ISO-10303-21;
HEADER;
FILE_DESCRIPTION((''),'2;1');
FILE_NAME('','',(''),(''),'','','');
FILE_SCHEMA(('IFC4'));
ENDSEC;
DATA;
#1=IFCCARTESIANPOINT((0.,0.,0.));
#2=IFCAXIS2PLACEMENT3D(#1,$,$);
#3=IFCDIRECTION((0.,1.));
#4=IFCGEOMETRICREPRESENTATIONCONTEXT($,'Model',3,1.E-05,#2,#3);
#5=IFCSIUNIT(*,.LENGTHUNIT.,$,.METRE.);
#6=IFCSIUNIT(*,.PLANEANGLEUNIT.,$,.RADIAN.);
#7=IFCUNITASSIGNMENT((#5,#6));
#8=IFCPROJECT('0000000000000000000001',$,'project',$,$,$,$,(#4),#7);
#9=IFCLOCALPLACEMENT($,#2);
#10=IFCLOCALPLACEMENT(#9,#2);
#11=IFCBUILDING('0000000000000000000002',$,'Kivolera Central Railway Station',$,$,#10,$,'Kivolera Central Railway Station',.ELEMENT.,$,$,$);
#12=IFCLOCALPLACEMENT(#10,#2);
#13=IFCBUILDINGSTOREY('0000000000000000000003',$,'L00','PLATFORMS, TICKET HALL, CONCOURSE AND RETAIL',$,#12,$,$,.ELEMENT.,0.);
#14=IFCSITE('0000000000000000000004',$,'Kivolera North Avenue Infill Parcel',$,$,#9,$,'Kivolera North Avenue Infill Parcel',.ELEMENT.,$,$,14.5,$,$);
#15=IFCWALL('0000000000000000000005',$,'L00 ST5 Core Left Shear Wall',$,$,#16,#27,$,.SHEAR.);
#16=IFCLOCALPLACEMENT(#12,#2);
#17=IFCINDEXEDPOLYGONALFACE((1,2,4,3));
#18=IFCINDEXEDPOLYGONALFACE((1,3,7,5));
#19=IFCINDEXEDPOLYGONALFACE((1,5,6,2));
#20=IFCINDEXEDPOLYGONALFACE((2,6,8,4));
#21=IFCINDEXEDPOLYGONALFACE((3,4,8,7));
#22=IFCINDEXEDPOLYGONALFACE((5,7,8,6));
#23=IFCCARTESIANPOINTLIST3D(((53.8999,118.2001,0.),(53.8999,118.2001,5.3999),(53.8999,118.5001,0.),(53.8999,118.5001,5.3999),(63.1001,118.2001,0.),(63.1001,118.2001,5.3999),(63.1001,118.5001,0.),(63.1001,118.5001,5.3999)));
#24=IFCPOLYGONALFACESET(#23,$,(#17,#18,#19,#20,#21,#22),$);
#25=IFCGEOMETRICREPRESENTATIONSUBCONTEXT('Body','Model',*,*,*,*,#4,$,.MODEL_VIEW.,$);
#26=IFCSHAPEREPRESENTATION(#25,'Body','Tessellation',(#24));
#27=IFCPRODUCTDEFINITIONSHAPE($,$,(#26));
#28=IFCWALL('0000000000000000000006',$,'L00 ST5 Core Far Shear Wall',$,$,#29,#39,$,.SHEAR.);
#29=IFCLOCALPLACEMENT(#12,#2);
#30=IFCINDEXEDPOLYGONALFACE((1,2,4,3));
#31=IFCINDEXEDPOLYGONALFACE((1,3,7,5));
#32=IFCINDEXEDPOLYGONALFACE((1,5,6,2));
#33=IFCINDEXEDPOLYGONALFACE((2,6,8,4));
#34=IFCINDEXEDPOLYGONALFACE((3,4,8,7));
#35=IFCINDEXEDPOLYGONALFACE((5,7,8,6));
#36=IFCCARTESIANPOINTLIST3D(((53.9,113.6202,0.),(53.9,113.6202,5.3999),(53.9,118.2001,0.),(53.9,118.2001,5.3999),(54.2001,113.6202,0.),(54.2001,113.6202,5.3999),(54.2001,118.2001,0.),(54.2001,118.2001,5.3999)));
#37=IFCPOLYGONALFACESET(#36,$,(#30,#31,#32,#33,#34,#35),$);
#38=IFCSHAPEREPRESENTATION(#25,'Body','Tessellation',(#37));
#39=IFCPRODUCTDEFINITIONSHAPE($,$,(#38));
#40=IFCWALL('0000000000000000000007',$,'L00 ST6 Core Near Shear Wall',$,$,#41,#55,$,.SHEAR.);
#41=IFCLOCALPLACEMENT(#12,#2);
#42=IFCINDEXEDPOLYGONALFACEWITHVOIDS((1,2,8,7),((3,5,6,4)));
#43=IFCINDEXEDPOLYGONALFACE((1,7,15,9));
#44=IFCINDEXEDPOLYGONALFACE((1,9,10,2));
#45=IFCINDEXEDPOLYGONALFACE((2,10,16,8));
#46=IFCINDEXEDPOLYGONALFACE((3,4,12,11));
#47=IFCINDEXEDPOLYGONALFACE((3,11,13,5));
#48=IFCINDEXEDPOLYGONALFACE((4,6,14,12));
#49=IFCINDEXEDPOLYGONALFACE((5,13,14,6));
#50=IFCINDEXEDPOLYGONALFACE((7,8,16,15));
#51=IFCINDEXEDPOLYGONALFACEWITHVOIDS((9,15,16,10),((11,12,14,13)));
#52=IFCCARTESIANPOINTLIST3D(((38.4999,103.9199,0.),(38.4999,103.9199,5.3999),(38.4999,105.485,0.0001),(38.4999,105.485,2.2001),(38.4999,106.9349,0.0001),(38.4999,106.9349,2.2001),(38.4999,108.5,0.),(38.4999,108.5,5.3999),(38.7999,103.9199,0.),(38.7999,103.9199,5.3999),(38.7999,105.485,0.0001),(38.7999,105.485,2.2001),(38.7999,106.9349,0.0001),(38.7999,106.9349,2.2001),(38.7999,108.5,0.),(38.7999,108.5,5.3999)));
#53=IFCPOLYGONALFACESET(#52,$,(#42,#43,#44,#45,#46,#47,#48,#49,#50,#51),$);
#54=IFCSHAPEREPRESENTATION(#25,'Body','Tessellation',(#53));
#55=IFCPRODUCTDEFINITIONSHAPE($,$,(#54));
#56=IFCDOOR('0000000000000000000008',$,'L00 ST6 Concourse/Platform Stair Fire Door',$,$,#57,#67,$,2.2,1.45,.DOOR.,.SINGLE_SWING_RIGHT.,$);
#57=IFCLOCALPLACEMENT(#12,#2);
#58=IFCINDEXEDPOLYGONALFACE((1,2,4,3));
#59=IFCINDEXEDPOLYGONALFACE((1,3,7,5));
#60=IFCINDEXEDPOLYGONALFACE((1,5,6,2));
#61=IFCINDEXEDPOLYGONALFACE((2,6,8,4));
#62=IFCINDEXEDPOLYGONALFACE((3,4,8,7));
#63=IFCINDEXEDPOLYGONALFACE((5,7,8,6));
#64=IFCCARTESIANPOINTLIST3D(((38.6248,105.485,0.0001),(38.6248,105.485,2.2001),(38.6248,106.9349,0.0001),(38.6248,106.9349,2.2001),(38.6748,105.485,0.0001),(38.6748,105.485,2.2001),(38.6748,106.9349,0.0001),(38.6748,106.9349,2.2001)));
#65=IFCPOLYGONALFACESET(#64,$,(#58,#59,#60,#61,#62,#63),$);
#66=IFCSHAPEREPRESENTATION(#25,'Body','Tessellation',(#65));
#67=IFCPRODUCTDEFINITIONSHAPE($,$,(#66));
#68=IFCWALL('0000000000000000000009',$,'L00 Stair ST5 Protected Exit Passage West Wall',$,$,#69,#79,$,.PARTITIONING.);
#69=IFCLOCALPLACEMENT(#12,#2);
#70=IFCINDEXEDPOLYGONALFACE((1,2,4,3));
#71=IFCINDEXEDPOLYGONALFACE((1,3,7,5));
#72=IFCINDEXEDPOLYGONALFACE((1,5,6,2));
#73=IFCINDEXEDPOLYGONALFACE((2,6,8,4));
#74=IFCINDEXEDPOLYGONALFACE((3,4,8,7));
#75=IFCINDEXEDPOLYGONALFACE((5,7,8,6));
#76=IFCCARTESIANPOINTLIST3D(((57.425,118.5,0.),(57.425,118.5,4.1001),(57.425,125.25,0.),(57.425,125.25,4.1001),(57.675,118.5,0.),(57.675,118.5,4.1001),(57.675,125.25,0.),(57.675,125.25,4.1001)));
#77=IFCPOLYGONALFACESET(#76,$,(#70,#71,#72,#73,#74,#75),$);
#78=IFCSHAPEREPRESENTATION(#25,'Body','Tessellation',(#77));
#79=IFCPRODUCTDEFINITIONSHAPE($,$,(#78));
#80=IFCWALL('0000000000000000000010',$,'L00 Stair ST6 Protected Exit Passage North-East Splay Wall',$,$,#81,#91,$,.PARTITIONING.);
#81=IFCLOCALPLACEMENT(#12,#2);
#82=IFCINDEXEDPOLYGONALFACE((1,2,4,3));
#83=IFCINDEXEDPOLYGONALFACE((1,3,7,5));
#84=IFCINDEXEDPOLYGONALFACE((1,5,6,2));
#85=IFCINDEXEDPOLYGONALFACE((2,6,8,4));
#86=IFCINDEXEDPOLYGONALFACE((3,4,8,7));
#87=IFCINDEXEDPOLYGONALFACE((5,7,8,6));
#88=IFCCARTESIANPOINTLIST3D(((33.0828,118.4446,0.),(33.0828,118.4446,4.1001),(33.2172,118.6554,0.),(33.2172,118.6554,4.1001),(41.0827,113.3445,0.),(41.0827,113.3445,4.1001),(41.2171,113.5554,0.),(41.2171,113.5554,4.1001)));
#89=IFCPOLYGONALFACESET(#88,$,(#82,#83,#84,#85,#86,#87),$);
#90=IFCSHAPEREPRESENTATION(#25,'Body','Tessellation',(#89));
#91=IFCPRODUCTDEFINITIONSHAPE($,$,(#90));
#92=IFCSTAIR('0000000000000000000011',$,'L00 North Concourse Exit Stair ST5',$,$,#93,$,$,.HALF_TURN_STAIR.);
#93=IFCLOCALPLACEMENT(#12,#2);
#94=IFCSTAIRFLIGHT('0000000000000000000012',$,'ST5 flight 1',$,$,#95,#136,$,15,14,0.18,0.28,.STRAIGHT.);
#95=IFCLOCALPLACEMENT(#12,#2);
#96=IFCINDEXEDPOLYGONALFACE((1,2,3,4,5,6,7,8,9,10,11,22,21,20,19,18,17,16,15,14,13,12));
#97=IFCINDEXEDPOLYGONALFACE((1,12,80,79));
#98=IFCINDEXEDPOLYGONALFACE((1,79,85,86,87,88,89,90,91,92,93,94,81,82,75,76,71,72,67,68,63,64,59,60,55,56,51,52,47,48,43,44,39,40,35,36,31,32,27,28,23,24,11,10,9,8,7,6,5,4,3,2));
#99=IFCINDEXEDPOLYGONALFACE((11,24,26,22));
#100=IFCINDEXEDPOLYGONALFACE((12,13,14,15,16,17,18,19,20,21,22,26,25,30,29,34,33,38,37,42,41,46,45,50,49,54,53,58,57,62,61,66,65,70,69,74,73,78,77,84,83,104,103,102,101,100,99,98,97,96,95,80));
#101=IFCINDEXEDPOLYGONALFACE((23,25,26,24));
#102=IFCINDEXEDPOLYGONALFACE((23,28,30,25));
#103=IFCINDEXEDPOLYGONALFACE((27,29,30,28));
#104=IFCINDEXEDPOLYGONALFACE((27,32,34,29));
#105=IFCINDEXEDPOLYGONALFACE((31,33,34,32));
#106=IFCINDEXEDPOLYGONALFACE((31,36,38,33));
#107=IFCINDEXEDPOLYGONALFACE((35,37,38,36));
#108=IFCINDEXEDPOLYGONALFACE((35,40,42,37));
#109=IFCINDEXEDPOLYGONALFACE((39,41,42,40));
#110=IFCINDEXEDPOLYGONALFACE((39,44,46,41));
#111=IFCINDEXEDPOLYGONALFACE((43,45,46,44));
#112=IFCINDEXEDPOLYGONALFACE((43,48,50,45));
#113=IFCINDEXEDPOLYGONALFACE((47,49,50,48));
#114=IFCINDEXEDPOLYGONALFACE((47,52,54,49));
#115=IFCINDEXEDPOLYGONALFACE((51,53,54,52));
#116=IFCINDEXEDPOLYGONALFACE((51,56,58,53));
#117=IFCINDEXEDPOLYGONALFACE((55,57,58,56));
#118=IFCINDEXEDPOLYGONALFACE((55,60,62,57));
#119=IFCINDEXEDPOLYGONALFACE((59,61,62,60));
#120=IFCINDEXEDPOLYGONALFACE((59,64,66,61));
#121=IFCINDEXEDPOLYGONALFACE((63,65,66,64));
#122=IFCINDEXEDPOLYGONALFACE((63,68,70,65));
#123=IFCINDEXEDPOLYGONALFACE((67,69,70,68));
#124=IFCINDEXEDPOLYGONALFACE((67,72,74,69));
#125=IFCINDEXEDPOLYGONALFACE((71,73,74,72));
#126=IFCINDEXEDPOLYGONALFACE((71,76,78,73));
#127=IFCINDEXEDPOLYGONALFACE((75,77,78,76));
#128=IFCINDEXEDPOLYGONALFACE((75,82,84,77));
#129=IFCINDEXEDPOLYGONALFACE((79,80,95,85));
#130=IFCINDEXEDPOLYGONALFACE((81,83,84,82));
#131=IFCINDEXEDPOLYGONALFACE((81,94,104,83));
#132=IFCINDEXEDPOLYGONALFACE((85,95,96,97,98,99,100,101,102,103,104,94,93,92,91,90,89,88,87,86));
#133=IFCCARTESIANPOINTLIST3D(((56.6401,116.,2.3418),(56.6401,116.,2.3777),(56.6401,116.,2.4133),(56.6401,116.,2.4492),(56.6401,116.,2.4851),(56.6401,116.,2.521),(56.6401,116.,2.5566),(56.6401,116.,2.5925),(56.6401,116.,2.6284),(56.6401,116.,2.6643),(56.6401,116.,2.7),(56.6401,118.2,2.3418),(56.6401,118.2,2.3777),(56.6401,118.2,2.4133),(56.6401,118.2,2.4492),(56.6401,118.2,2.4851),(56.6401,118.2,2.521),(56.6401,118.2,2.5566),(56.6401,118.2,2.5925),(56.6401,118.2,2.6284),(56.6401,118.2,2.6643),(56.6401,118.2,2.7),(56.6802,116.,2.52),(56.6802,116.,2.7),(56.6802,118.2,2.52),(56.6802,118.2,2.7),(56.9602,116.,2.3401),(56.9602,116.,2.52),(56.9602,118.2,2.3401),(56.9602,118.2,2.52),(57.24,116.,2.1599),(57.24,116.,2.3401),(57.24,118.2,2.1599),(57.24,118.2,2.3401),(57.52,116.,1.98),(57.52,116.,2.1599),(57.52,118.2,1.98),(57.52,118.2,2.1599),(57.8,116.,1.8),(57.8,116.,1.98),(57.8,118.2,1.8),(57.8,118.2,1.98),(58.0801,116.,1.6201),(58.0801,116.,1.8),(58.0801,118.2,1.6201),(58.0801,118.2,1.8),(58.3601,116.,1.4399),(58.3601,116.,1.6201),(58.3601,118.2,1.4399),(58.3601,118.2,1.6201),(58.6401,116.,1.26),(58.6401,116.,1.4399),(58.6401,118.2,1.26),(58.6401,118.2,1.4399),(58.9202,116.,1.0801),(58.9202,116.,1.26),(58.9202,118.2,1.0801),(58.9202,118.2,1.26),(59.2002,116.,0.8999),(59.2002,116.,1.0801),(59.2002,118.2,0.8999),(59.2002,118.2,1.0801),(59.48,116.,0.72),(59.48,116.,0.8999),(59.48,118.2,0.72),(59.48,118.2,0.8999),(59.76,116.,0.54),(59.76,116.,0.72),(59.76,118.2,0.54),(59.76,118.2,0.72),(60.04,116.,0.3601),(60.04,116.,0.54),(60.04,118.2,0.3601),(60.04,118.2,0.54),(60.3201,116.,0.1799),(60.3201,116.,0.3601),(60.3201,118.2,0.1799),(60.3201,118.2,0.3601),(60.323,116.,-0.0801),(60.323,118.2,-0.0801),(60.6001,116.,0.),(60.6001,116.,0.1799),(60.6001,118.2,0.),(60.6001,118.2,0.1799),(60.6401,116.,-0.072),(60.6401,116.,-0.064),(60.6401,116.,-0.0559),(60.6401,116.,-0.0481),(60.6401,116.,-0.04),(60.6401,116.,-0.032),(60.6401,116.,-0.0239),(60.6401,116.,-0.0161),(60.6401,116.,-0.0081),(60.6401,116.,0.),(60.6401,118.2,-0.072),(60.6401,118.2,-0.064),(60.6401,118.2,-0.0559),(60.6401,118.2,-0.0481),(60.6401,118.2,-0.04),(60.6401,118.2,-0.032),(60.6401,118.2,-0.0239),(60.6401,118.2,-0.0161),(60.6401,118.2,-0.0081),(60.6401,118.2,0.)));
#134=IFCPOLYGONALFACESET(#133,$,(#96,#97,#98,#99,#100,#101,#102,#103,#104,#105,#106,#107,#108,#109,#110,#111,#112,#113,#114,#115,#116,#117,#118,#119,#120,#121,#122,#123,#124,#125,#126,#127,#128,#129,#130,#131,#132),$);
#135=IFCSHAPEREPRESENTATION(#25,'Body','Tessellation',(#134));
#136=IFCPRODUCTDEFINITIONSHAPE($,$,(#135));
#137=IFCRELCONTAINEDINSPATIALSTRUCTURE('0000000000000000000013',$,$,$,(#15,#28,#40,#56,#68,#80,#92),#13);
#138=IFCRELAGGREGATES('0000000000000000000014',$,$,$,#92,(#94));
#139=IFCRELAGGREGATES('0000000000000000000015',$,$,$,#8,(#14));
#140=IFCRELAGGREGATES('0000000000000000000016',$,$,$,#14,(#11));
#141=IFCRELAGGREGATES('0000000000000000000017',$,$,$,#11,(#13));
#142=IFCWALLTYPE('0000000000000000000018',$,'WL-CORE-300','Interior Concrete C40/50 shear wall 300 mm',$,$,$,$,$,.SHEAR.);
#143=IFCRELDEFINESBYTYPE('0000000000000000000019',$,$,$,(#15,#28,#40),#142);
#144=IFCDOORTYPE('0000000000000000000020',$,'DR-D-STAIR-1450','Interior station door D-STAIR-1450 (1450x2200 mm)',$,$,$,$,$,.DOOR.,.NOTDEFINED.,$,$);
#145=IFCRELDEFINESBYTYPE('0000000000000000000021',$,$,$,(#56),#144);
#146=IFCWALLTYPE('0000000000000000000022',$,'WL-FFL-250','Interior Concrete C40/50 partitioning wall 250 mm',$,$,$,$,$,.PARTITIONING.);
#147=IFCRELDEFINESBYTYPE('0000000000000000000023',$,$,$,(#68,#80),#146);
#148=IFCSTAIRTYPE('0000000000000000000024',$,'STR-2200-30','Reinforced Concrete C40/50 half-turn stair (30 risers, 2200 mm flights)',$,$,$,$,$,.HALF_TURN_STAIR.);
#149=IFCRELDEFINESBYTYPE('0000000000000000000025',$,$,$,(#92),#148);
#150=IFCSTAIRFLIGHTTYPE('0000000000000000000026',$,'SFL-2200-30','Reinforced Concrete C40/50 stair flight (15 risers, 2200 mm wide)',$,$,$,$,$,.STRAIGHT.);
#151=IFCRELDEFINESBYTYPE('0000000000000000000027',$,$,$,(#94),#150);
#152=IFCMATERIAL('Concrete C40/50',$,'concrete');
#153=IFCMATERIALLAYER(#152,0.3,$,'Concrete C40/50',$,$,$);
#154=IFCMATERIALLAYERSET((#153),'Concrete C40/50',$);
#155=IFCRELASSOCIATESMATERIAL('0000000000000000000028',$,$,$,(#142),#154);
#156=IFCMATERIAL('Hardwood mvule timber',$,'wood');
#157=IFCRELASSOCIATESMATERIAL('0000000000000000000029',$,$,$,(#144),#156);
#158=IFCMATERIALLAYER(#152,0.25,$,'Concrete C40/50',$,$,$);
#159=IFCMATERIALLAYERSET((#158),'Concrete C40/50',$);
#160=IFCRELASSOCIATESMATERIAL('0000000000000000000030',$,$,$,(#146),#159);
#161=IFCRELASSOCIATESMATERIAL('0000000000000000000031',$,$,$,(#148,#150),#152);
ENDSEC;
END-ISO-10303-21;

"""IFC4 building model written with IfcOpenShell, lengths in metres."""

from ifc_helpers import new_model, si_unit, direction, frame, frame_2d, origin, place, context, subcontext, project, spatial, polyline, rectangle, outline, extrude, material, layer, layer_set, type_object, element, fill, aggregate, save


model = new_model("IFC4")

# Units and contexts
model_context = context("Model", 3, precision=1e-05, world=origin(), true_north=direction((0.0, 1.0)))
body_context = subcontext(model_context, "Body", "Model", "MODEL_VIEW")
ifc_project = project(units=[si_unit("LENGTHUNIT", "METRE"), si_unit("PLANEANGLEUNIT", "RADIAN")], contexts=[model_context])

# Site, building, storey
site_placement = place(None, origin())
site = spatial("IfcSite", under=ifc_project, at=site_placement, Name="Kivolera North Avenue Infill Parcel", LongName="Kivolera North Avenue Infill Parcel", CompositionType="ELEMENT", RefElevation=14.5)
building_placement = place(site_placement, origin())
building = spatial("IfcBuilding", under=site, at=building_placement, Name="Kivolera Central Railway Station", LongName="Kivolera Central Railway Station", CompositionType="ELEMENT")
storey_placement = place(building_placement, origin())
storey = spatial("IfcBuildingStorey", under=building, at=storey_placement, Name="L00", Description="PLATFORMS, TICKET HALL, CONCOURSE AND RETAIL", CompositionType="ELEMENT", Elevation=0.0)

# Shared definitions
ifc_material_1 = material(Name="Concrete C40/50", Category="concrete")

# Walls
ifc_layer_1 = layer(ifc_material_1, 0.3, Name="Concrete C40/50")
ifc_layer_set_1 = layer_set([ifc_layer_1], Name="Concrete C40/50")
wall_type_1 = type_object("IfcWallType", Name="WL-CORE-300", Description="Interior Concrete C40/50 shear wall 300 mm", PredefinedType="SHEAR", material=ifc_layer_set_1)
wall_1_placement = place(storey_placement, frame((53.8999, 118.3501, 0.0), z_axis=(0.0, 0.0, 1.0), x_axis=(1.0, 0.0, 0.0)))
element("IfcWall", 1, at=wall_1_placement, inside=storey, type_object=wall_type_1, Name="L00 ST5 Core Left Shear Wall", PredefinedType="SHEAR", context=body_context, shape_type="SweptSolid", body=[
    extrude(rectangle(XDim=9.2002, YDim=0.3, at=frame_2d((4.6001, 0.0))), origin(), (0.0, 0.0, 1.0), 5.3999),
])
wall_2_placement = place(storey_placement, frame((54.05, 113.6201, 0.0), z_axis=(0.0, 0.0, 1.0), x_axis=(0.0, 1.0, 0.0)))
element("IfcWall", 2, at=wall_2_placement, inside=storey, type_object=wall_type_1, Name="L00 ST5 Core Far Shear Wall", PredefinedType="SHEAR", context=body_context, shape_type="SweptSolid", body=[
    extrude(rectangle(XDim=4.5798, YDim=0.3, at=frame_2d((2.29, 0.0))), origin(), (0.0, 0.0, 1.0), 5.3999),
])

# Wall, opening, door
wall_3_placement = place(storey_placement, frame((38.6499, 108.5, 0.0), z_axis=(0.0, 0.0, 1.0), x_axis=(0.0, -1.0, 0.0)))
wall_3 = element("IfcWall", 3, at=wall_3_placement, inside=storey, type_object=wall_type_1, Name="L00 ST6 Core Near Shear Wall", PredefinedType="SHEAR", context=body_context, shape_type="SweptSolid", body=[
    extrude(rectangle(XDim=4.5801, YDim=0.3, at=frame_2d((2.29, 0.0))), origin(), (0.0, 0.0, 1.0), 5.3999),
])
opening_placement = place(wall_3_placement, frame((1.5649, 0.0, 0.0)))
opening = element("IfcOpeningElement", 4, at=opening_placement, cuts=wall_3, PredefinedType="OPENING", context=body_context, shape_type="SweptSolid", body=[
    extrude(rectangle(XDim=1.45, YDim=2.2, at=frame_2d((0.7251, 1.1001))), frame((0.0, 0.1599, 0.0), z_axis=(0.0, -1.0, 0.0), x_axis=(1.0, 0.0, 0.0)), (0.0, 0.0, 1.0), 0.3201),
])
ifc_material_2 = material(Name="Hardwood mvule timber", Category="wood")
door_type = type_object("IfcDoorType", Name="DR-D-STAIR-1450", Description="Interior station door D-STAIR-1450 (1450x2200 mm)", OperationType="NOTDEFINED", PredefinedType="DOOR", material=ifc_material_2)
door_placement = place(opening_placement, origin())
door = element("IfcDoor", 5, at=door_placement, inside=storey, type_object=door_type, Name="L00 ST6 Concourse/Platform Stair Fire Door", OperationType="SINGLE_SWING_RIGHT", OverallHeight=2.2, OverallWidth=1.45, PredefinedType="DOOR", context=body_context, shape_type="SweptSolid", body=[
    extrude(rectangle(XDim=1.45, YDim=2.2, at=frame_2d((0.7251, 1.1001))), frame((0.0, 0.0249, 0.0), z_axis=(0.0, -1.0, 0.0), x_axis=(1.0, 0.0, 0.0)), (0.0, 0.0, 1.0), 0.05),
])
fill(opening, door)

# Walls
ifc_layer_2 = layer(ifc_material_1, 0.25, Name="Concrete C40/50")
ifc_layer_set_2 = layer_set([ifc_layer_2], Name="Concrete C40/50")
wall_type_2 = type_object("IfcWallType", Name="WL-FFL-250", Description="Interior Concrete C40/50 partitioning wall 250 mm", PredefinedType="PARTITIONING", material=ifc_layer_set_2)
wall_4_placement = place(storey_placement, frame((57.55, 118.5, 0.0), z_axis=(0.0, 0.0, 1.0), x_axis=(0.0, 1.0, 0.0)))
element("IfcWall", 6, at=wall_4_placement, inside=storey, type_object=wall_type_2, Name="L00 Stair ST5 Protected Exit Passage West Wall", PredefinedType="PARTITIONING", context=body_context, shape_type="SweptSolid", body=[
    extrude(rectangle(XDim=6.75, YDim=0.25, at=frame_2d((3.375, 0.0))), origin(), (0.0, 0.0, 1.0), 4.1001),
])
wall_5_placement = place(storey_placement, frame((41.1499, 113.45, 0.0), z_axis=(0.0, 0.0, 1.0), x_axis=(-0.843223, 0.537565, 0.0)))
element("IfcWall", 7, at=wall_5_placement, inside=storey, type_object=wall_type_2, Name="L00 Stair ST6 Protected Exit Passage North-East Splay Wall", PredefinedType="PARTITIONING", context=body_context, shape_type="SweptSolid", body=[
    extrude(rectangle(XDim=9.4873, YDim=0.25, at=frame_2d((4.7437, 0.0))), origin(), (0.0, 0.0, 1.0), 4.1001),
])

# Stair, stair flight
stair_type = type_object("IfcStairType", Name="STR-2200-30", Description="Reinforced Concrete C40/50 half-turn stair (30 risers, 2200 mm flights)", PredefinedType="HALF_TURN_STAIR", material=ifc_material_1)
stair_1_placement = place(storey_placement, origin())
stair_1 = element("IfcStair", 8, at=stair_1_placement, inside=storey, type_object=stair_type, Name="L00 North Concourse Exit Stair ST5", PredefinedType="HALF_TURN_STAIR")
stair_flight_type = type_object("IfcStairFlightType", Name="SFL-2200-30", Description="Reinforced Concrete C40/50 stair flight (15 risers, 2200 mm wide)", PredefinedType="STRAIGHT", material=ifc_material_1)
stair_flight_1_placement = place(storey_placement, frame((60.6001, 117.1001, 0.0), z_axis=(0.0, 0.0, 1.0), x_axis=(-1.0, 0.0, 0.0)))
stair_flight_1 = element("IfcStairFlight", 9, at=stair_flight_1_placement, type_object=stair_flight_type, Name="ST5 flight 1", NumberOfRisers=15, NumberOfTreads=14, PredefinedType="STRAIGHT", RiserHeight=0.18, TreadLength=0.28, context=body_context, shape_type="SweptSolid", body=[
    extrude(outline(polyline([(-0.04, 0.0), (0.0, 0.0), (0.0, 0.1799), (0.28, 0.1799), (0.28, 0.3601), (0.5601, 0.3601), (0.5601, 0.54), (0.8401, 0.54), (0.8401, 0.72), (1.1201, 0.72), (1.1201, 0.8999), (1.3999, 0.8999), (1.3999, 1.0801), (1.6799, 1.0801), (1.6799, 1.26), (1.96, 1.26), (1.96, 1.4399), (2.24, 1.4399), (2.24, 1.6201), (2.52, 1.6201), (2.52, 1.8), (2.8, 1.8), (2.8, 1.98), (3.0801, 1.98), (3.0801, 2.1599), (3.3601, 2.1599), (3.3601, 2.3401), (3.6399, 2.3401), (3.6399, 2.52), (3.9199, 2.52), (3.9199, 2.7), (3.96, 2.7), (3.96, 2.6643), (3.96, 2.6284), (3.96, 2.5925), (3.96, 2.5566), (3.96, 2.521), (3.96, 2.4851), (3.96, 2.4492), (3.96, 2.4133), (3.96, 2.3777), (3.96, 2.3418), (0.2771, -0.0801), (-0.04, -0.072), (-0.04, -0.064), (-0.04, -0.0559), (-0.04, -0.0481), (-0.04, -0.04), (-0.04, -0.032), (-0.04, -0.0239), (-0.04, -0.0161), (-0.04, -0.0081), (-0.04, 0.0)])), frame((0.0, 1.1001, 0.0), z_axis=(0.0, -1.0, 0.0), x_axis=(1.0, 0.0, 0.0)), (0.0, 0.0, 1.0), 2.2),
])
aggregate(stair_1, [stair_flight_1])

save(model, "model.ifc")
